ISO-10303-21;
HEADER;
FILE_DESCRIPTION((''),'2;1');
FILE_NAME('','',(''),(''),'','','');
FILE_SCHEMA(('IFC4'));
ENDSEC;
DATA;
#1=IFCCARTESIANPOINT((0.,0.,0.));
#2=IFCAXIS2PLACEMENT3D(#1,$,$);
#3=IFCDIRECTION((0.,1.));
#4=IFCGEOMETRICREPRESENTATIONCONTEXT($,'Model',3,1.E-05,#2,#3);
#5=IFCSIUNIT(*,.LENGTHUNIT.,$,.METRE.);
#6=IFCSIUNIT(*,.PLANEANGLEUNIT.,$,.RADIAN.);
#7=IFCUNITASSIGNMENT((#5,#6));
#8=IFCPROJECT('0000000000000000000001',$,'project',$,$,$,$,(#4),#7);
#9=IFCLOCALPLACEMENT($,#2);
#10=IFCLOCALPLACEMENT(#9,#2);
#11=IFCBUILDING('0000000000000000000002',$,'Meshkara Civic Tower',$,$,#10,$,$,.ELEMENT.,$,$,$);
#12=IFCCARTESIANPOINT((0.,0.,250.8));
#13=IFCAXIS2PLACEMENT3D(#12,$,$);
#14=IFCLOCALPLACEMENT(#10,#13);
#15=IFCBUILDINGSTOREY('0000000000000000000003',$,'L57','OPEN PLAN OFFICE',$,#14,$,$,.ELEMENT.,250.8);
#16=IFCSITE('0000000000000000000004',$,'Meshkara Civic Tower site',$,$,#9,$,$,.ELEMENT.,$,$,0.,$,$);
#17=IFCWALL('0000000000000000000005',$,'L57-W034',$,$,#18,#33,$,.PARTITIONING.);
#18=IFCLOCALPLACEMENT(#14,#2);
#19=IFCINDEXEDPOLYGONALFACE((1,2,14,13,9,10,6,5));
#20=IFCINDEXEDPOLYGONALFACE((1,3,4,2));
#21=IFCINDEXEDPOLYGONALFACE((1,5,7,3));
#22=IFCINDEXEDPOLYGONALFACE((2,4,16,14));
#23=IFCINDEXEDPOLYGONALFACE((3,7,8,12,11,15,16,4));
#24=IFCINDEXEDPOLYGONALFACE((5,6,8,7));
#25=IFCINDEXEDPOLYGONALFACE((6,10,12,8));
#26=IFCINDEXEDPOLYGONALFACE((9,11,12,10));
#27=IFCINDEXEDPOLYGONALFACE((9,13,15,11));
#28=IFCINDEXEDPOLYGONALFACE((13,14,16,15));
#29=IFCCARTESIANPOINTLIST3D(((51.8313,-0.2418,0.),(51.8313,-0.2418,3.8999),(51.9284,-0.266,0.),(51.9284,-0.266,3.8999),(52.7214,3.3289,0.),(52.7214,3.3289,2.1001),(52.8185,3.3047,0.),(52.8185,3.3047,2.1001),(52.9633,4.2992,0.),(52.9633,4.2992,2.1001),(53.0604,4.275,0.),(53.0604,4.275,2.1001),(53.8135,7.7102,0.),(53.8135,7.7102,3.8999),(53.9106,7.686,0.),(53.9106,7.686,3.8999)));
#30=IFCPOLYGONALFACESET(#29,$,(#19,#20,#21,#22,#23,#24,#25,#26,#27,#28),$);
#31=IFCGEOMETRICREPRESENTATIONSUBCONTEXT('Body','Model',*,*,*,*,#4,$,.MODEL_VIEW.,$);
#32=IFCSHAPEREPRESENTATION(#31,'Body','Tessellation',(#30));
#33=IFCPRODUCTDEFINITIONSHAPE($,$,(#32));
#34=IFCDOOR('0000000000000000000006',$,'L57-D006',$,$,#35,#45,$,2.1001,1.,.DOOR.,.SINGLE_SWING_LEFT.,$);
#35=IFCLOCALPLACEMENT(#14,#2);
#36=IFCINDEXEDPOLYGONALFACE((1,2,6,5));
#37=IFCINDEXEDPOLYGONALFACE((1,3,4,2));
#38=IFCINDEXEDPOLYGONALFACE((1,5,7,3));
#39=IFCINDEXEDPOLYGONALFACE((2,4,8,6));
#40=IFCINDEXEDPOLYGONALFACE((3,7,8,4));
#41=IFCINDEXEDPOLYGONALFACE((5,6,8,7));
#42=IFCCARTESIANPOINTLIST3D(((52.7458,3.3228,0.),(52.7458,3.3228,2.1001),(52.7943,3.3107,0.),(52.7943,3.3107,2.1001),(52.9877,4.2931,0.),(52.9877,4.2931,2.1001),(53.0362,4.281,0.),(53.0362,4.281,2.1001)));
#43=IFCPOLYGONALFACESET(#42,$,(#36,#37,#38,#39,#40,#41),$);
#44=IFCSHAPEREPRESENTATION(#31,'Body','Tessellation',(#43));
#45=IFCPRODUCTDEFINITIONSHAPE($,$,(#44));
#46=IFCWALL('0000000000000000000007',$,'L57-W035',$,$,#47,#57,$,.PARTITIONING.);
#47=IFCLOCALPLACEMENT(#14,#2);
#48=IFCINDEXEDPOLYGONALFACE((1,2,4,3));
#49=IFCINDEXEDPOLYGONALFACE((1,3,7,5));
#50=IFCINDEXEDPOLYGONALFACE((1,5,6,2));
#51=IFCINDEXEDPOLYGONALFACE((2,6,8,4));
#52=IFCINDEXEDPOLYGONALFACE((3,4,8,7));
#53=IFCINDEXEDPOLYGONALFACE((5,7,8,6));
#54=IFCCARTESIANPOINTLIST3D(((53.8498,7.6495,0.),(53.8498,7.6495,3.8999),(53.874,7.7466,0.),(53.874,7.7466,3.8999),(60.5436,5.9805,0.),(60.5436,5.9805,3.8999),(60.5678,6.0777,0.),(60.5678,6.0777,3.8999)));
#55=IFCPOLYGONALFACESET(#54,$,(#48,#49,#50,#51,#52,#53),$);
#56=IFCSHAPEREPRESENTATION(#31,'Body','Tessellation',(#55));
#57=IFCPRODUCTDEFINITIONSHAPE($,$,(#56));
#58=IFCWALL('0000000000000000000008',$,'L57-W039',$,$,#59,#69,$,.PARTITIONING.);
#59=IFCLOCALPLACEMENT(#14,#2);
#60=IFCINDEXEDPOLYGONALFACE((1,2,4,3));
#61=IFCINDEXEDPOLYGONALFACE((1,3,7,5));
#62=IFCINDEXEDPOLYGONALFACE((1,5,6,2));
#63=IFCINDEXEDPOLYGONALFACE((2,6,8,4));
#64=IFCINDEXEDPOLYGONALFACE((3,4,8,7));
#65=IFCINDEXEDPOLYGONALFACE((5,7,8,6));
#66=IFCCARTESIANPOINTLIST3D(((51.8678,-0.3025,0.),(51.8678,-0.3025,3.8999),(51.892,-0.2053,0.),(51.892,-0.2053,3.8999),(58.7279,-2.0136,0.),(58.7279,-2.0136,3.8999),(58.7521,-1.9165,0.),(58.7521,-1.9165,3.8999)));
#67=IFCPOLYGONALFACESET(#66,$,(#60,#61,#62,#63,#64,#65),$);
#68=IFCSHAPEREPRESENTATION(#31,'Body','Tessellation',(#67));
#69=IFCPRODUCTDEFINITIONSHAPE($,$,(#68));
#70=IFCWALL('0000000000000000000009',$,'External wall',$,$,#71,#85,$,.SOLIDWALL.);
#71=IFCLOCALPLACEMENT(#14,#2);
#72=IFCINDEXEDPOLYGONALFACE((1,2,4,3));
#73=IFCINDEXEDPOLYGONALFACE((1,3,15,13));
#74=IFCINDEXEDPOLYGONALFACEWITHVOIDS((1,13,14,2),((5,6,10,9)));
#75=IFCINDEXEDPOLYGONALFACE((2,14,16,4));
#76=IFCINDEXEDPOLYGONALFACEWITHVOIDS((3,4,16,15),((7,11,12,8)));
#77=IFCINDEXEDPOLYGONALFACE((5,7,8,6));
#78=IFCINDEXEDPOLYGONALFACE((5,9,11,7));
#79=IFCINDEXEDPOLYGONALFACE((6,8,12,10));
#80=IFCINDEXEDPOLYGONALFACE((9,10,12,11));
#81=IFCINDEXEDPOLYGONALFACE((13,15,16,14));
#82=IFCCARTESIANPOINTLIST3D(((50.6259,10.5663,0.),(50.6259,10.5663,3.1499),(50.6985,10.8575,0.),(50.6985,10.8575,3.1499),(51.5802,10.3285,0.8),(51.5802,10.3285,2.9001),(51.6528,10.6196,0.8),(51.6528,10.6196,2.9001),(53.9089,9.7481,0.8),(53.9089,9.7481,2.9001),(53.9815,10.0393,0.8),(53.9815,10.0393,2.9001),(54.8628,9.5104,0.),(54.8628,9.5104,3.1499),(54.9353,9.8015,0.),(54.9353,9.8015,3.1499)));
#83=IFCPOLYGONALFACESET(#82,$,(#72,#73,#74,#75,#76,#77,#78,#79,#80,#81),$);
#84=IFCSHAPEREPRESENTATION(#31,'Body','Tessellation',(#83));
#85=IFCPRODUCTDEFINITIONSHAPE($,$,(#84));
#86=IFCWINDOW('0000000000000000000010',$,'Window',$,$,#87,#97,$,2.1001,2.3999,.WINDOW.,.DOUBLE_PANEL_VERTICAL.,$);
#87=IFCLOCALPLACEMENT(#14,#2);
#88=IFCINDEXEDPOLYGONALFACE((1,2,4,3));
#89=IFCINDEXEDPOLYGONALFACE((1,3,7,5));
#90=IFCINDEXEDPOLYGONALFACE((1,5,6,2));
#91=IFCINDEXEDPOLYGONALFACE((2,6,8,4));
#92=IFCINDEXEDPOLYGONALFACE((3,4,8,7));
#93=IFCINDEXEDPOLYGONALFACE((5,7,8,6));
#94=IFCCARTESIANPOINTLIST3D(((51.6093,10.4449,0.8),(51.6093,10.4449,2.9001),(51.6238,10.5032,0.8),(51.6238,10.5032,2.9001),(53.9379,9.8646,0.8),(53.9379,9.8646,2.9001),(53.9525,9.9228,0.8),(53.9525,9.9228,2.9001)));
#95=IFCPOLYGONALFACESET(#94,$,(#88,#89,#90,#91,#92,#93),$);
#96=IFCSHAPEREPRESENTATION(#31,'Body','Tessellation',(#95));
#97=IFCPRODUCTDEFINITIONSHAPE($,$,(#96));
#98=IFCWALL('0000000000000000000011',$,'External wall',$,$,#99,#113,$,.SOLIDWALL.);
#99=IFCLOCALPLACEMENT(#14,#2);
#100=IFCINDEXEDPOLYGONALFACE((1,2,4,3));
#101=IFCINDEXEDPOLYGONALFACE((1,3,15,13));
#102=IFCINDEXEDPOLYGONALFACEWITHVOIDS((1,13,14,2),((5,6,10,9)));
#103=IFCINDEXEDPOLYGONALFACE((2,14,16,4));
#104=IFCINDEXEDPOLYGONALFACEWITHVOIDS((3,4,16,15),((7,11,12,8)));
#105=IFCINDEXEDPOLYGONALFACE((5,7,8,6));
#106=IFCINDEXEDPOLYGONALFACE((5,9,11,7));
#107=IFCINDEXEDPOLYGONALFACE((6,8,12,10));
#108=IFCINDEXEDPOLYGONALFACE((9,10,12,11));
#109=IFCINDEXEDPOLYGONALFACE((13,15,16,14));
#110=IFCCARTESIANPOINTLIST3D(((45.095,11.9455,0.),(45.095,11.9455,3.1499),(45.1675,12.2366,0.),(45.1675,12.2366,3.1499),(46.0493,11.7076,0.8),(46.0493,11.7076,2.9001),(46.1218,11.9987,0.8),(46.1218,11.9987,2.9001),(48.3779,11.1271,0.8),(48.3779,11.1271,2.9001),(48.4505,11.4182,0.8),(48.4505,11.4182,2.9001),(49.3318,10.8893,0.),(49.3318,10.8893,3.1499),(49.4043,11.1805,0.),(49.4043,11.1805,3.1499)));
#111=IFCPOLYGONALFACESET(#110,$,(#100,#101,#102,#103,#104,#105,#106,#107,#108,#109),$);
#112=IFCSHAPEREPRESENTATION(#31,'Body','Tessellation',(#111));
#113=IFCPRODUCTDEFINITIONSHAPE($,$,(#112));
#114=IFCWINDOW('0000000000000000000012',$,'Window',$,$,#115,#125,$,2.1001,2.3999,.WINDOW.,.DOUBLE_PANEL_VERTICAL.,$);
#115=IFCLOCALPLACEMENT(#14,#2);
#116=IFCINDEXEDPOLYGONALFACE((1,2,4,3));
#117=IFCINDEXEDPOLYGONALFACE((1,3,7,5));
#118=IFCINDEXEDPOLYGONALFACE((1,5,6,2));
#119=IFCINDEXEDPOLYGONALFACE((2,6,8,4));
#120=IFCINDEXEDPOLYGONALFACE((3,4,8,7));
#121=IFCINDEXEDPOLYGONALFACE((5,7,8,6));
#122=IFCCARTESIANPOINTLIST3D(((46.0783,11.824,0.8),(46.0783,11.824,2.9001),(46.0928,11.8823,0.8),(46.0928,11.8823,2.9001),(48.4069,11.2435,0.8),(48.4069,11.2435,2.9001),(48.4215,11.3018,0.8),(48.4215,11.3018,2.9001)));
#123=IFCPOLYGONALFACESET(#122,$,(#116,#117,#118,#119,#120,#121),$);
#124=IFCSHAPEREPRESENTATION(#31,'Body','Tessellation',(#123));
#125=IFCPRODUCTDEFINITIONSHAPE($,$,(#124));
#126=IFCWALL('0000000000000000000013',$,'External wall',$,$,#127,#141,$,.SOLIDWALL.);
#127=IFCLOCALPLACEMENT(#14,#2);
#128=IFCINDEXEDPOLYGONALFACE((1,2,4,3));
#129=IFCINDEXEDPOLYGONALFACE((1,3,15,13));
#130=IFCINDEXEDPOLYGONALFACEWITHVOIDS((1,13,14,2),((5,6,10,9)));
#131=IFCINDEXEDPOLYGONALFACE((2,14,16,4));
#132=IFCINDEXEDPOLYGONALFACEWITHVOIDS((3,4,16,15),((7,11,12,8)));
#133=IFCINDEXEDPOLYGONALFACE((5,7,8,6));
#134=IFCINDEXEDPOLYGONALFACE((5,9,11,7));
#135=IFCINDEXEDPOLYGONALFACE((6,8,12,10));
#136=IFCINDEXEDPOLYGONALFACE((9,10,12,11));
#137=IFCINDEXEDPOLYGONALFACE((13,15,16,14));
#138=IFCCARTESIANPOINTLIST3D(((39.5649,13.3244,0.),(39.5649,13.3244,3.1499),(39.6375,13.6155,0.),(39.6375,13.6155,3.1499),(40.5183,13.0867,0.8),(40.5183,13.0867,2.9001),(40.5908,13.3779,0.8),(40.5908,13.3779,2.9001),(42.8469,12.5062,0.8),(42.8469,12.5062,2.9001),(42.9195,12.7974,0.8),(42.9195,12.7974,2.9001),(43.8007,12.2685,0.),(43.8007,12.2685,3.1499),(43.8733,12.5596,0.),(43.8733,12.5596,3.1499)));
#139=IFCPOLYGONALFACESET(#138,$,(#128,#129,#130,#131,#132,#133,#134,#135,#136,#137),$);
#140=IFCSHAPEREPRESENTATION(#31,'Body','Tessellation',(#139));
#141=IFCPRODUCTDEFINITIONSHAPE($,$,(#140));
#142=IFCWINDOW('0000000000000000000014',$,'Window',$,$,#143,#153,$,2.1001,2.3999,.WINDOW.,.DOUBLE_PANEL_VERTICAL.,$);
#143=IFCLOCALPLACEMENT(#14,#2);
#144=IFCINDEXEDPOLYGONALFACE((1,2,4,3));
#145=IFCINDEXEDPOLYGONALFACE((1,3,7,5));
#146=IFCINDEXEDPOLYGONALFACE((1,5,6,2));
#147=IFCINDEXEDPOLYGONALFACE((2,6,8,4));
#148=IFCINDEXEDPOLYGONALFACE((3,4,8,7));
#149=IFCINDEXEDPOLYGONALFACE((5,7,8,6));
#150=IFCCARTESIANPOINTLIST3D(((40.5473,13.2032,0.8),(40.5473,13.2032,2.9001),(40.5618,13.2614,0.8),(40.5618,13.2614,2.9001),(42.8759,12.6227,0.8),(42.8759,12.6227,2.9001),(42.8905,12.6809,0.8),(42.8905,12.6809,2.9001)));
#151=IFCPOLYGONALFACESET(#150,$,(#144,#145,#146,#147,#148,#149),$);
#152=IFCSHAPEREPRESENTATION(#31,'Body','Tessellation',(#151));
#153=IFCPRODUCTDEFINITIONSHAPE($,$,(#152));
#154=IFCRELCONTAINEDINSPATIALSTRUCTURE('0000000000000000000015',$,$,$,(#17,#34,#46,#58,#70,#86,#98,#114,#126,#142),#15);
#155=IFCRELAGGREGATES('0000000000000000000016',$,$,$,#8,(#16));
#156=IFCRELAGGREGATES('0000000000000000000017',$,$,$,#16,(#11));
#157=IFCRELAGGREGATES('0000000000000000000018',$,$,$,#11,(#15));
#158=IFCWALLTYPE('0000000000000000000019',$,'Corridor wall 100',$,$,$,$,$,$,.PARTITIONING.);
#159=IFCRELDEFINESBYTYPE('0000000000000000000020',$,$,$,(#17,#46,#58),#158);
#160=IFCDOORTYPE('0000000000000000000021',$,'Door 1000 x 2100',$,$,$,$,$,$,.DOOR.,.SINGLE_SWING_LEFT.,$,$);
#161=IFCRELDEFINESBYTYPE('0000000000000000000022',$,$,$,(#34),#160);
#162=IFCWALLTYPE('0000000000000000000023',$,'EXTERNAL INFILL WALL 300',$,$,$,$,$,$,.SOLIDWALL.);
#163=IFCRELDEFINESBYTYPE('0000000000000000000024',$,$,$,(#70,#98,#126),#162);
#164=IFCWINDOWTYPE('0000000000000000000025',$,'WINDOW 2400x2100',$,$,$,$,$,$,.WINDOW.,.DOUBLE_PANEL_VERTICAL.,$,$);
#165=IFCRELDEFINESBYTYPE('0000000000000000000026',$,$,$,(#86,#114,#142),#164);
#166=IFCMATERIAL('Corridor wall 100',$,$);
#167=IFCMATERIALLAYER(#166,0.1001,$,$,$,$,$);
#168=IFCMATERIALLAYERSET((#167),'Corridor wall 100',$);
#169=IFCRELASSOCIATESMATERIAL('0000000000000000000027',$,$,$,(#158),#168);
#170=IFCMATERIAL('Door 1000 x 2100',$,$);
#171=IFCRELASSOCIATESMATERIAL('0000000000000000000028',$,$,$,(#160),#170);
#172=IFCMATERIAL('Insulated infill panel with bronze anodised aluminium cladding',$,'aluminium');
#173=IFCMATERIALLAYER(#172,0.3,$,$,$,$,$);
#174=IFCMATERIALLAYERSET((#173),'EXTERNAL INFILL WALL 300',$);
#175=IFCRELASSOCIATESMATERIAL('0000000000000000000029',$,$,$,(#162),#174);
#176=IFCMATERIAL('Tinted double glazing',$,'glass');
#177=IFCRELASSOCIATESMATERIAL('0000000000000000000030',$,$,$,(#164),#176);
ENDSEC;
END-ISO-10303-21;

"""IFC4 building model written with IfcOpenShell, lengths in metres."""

from ifc_helpers import new_model, si_unit, direction, frame, frame_2d, origin, place, context, subcontext, project, spatial, rectangle, extrude, material, layer, layer_set, type_object, element, fill, save


model = new_model("IFC4")

# Units and contexts
model_context = context("Model", 3, precision=1e-05, world=origin(), true_north=direction((0.0, 1.0)))
body_context = subcontext(model_context, "Body", "Model", "MODEL_VIEW")
ifc_project = project(units=[si_unit("LENGTHUNIT", "METRE"), si_unit("PLANEANGLEUNIT", "RADIAN")], contexts=[model_context])

# Site, building, storey
site_placement = place(None, origin())
site = spatial("IfcSite", under=ifc_project, at=site_placement, Name="Meshkara Civic Tower site", CompositionType="ELEMENT", RefElevation=0.0)
building_placement = place(site_placement, origin())
building = spatial("IfcBuilding", under=site, at=building_placement, Name="Meshkara Civic Tower", CompositionType="ELEMENT")
storey_placement = place(building_placement, frame((0.0, 0.0, 250.8)))
storey = spatial("IfcBuildingStorey", under=building, at=storey_placement, Name="L57", Description="OPEN PLAN OFFICE", CompositionType="ELEMENT", Elevation=250.8)

# Shared definitions
ifc_material_1 = material(Name="Corridor wall 100")
ifc_layer_1 = layer(ifc_material_1, 0.1001)
ifc_layer_set_1 = layer_set([ifc_layer_1], Name="Corridor wall 100")
wall_type_1 = type_object("IfcWallType", Name="Corridor wall 100", PredefinedType="PARTITIONING", material=ifc_layer_set_1)

# Wall, opening, door
ifc_material_2 = material(Name="Door 1000 x 2100")
door_type = type_object("IfcDoorType", Name="Door 1000 x 2100", OperationType="SINGLE_SWING_LEFT", PredefinedType="DOOR", material=ifc_material_2)
wall_1_placement = place(storey_placement, frame((51.8799, -0.2539, 0.0), z_axis=(0.0, 0.0, 1.0), x_axis=(0.24187, 0.970309, 0.0)))
wall_1 = element("IfcWall", 1, at=wall_1_placement, inside=storey, type_object=wall_type_1, Name="L57-W034", PredefinedType="PARTITIONING", context=body_context, shape_type="SweptSolid", body=[
    extrude(rectangle(XDim=8.1953, YDim=0.1001, at=frame_2d((4.0977, 0.0))), origin(), (0.0, 0.0, 1.0), 3.8999),
])
opening_1_placement = place(wall_1_placement, frame((3.6799, 0.0, 0.0)))
opening_1 = element("IfcOpeningElement", 2, at=opening_1_placement, cuts=wall_1, PredefinedType="OPENING", context=body_context, shape_type="SweptSolid", body=[
    extrude(rectangle(XDim=1.0, YDim=2.1001, at=frame_2d((0.5, 1.05))), frame((0.0, 0.0601, 0.0), z_axis=(0.0, -1.0, 0.0), x_axis=(1.0, 0.0, 0.0)), (0.0, 0.0, 1.0), 0.1201),
])
door_1_placement = place(opening_1_placement, origin())
door_1 = element("IfcDoor", 3, at=door_1_placement, inside=storey, type_object=door_type, Name="L57-D006", OperationType="SINGLE_SWING_LEFT", OverallHeight=2.1001, OverallWidth=1.0, PredefinedType="DOOR", context=body_context, shape_type="SweptSolid", body=[
    extrude(rectangle(XDim=1.0, YDim=2.1001, at=frame_2d((0.5, 1.05))), frame((0.0, 0.0249, 0.0), z_axis=(0.0, -1.0, 0.0), x_axis=(1.0, 0.0, 0.0)), (0.0, 0.0, 1.0), 0.05),
])
fill(opening_1, door_1)

# Walls
wall_2_placement = place(storey_placement, frame((53.8621, 7.698, 0.0), z_axis=(0.0, 0.0, 1.0), x_axis=(0.970296, -0.241919, 0.0)))
element("IfcWall", 4, at=wall_2_placement, inside=storey, type_object=wall_type_1, Name="L57-W035", PredefinedType="PARTITIONING", context=body_context, shape_type="SweptSolid", body=[
    extrude(rectangle(XDim=6.8987, YDim=0.1001, at=frame_2d((3.4492, 0.0))), origin(), (0.0, 0.0, 1.0), 3.8999),
])
wall_3_placement = place(storey_placement, frame((58.74, -1.9651, 0.0), z_axis=(0.0, 0.0, 1.0), x_axis=(-0.97027, 0.242024, 0.0)))
element("IfcWall", 5, at=wall_3_placement, inside=storey, type_object=wall_type_1, Name="L57-W039", PredefinedType="PARTITIONING", context=body_context, shape_type="SweptSolid", body=[
    extrude(rectangle(XDim=7.0703, YDim=0.1001, at=frame_2d((3.5352, 0.0))), origin(), (0.0, 0.0, 1.0), 3.8999),
])

# Walls, openings, windows
ifc_material_3 = material(Name="Insulated infill panel with bronze anodised aluminium cladding", Category="aluminium")
ifc_layer_2 = layer(ifc_material_3, 0.3)
ifc_layer_set_2 = layer_set([ifc_layer_2], Name="EXTERNAL INFILL WALL 300")
wall_type_2 = type_object("IfcWallType", Name="EXTERNAL INFILL WALL 300", PredefinedType="SOLIDWALL", material=ifc_layer_set_2)
wall_4_placement = place(storey_placement, frame((54.8989, 9.656, 0.0), z_axis=(0.0, 0.0, 1.0), x_axis=(-0.97032, 0.241825, 0.0)))
wall_4 = element("IfcWall", 6, at=wall_4_placement, inside=storey, type_object=wall_type_2, Name="External wall", PredefinedType="SOLIDWALL", context=body_context, shape_type="SweptSolid", body=[
    extrude(rectangle(XDim=4.3665, YDim=0.3, at=frame_2d((2.1831, 0.0))), origin(), (0.0, 0.0, 1.0), 3.1499),
])
opening_2_placement = place(wall_4_placement, frame((0.9829, 0.0, 0.8)))
opening_2 = element("IfcOpeningElement", 7, at=opening_2_placement, cuts=wall_4, PredefinedType="OPENING", context=body_context, shape_type="SweptSolid", body=[
    extrude(rectangle(XDim=2.3999, YDim=2.1001, at=frame_2d((1.2, 1.05))), frame((0.0, 0.1599, 0.0), z_axis=(0.0, -1.0, 0.0), x_axis=(1.0, 0.0, 0.0)), (0.0, 0.0, 1.0), 0.3201),
])
ifc_material_4 = material(Name="Tinted double glazing", Category="glass")
window_type = type_object("IfcWindowType", Name="WINDOW 2400x2100", PartitioningType="DOUBLE_PANEL_VERTICAL", PredefinedType="WINDOW", material=ifc_material_4)
window_1_placement = place(opening_2_placement, origin())
window_1 = element("IfcWindow", 8, at=window_1_placement, inside=storey, type_object=window_type, Name="Window", OverallHeight=2.1001, OverallWidth=2.3999, PartitioningType="DOUBLE_PANEL_VERTICAL", PredefinedType="WINDOW", context=body_context, shape_type="SweptSolid", body=[
    extrude(rectangle(XDim=2.3999, YDim=2.1001, at=frame_2d((1.2, 1.05))), frame((0.0, 0.03, 0.0), z_axis=(0.0, -1.0, 0.0), x_axis=(1.0, 0.0, 0.0)), (0.0, 0.0, 1.0), 0.0601),
])
fill(opening_2, window_1)
wall_5_placement = place(storey_placement, frame((49.3679, 11.0349, 0.0), z_axis=(0.0, 0.0, 1.0), x_axis=(-0.970307, 0.241878, 0.0)))
wall_5 = element("IfcWall", 9, at=wall_5_placement, inside=storey, type_object=wall_type_2, Name="External wall", PredefinedType="SOLIDWALL", context=body_context, shape_type="SweptSolid", body=[
    extrude(rectangle(XDim=4.3665, YDim=0.3, at=frame_2d((2.1831, 0.0))), origin(), (0.0, 0.0, 1.0), 3.1499),
])
opening_3_placement = place(wall_5_placement, frame((0.9829, 0.0, 0.8)))
opening_3 = element("IfcOpeningElement", 10, at=opening_3_placement, cuts=wall_5, PredefinedType="OPENING", context=body_context, shape_type="SweptSolid", body=[
    extrude(rectangle(XDim=2.3999, YDim=2.1001, at=frame_2d((1.2, 1.05))), frame((0.0, 0.1599, 0.0), z_axis=(0.0, -1.0, 0.0), x_axis=(1.0, 0.0, 0.0)), (0.0, 0.0, 1.0), 0.3201),
])
window_2_placement = place(opening_3_placement, origin())
window_2 = element("IfcWindow", 11, at=window_2_placement, inside=storey, type_object=window_type, Name="Window", OverallHeight=2.1001, OverallWidth=2.3999, PartitioningType="DOUBLE_PANEL_VERTICAL", PredefinedType="WINDOW", context=body_context, shape_type="SweptSolid", body=[
    extrude(rectangle(XDim=2.3999, YDim=2.1001, at=frame_2d((1.2, 1.05))), frame((0.0, 0.03, 0.0), z_axis=(0.0, -1.0, 0.0), x_axis=(1.0, 0.0, 0.0)), (0.0, 0.0, 1.0), 0.0601),
])
fill(opening_3, window_2)
wall_6_placement = place(storey_placement, frame((43.8369, 12.4141, 0.0), z_axis=(0.0, 0.0, 1.0), x_axis=(-0.970307, 0.241878, 0.0)))
wall_6 = element("IfcWall", 12, at=wall_6_placement, inside=storey, type_object=wall_type_2, Name="External wall", PredefinedType="SOLIDWALL", context=body_context, shape_type="SweptSolid", body=[
    extrude(rectangle(XDim=4.3655, YDim=0.3, at=frame_2d((2.1826, 0.0))), origin(), (0.0, 0.0, 1.0), 3.1499),
])
opening_4_placement = place(wall_6_placement, frame((0.9829, 0.0, 0.8)))
opening_4 = element("IfcOpeningElement", 13, at=opening_4_placement, cuts=wall_6, PredefinedType="OPENING", context=body_context, shape_type="SweptSolid", body=[
    extrude(rectangle(XDim=2.3999, YDim=2.1001, at=frame_2d((1.2, 1.05))), frame((0.0, 0.1599, 0.0), z_axis=(0.0, -1.0, 0.0), x_axis=(1.0, 0.0, 0.0)), (0.0, 0.0, 1.0), 0.3201),
])
window_3_placement = place(opening_4_placement, origin())
window_3 = element("IfcWindow", 14, at=window_3_placement, inside=storey, type_object=window_type, Name="Window", OverallHeight=2.1001, OverallWidth=2.3999, PartitioningType="DOUBLE_PANEL_VERTICAL", PredefinedType="WINDOW", context=body_context, shape_type="SweptSolid", body=[
    extrude(rectangle(XDim=2.3999, YDim=2.1001, at=frame_2d((1.2, 1.05))), frame((0.0, 0.03, 0.0), z_axis=(0.0, -1.0, 0.0), x_axis=(1.0, 0.0, 0.0)), (0.0, 0.0, 1.0), 0.0601),
])
fill(opening_4, window_3)

save(model, "model.ifc")
